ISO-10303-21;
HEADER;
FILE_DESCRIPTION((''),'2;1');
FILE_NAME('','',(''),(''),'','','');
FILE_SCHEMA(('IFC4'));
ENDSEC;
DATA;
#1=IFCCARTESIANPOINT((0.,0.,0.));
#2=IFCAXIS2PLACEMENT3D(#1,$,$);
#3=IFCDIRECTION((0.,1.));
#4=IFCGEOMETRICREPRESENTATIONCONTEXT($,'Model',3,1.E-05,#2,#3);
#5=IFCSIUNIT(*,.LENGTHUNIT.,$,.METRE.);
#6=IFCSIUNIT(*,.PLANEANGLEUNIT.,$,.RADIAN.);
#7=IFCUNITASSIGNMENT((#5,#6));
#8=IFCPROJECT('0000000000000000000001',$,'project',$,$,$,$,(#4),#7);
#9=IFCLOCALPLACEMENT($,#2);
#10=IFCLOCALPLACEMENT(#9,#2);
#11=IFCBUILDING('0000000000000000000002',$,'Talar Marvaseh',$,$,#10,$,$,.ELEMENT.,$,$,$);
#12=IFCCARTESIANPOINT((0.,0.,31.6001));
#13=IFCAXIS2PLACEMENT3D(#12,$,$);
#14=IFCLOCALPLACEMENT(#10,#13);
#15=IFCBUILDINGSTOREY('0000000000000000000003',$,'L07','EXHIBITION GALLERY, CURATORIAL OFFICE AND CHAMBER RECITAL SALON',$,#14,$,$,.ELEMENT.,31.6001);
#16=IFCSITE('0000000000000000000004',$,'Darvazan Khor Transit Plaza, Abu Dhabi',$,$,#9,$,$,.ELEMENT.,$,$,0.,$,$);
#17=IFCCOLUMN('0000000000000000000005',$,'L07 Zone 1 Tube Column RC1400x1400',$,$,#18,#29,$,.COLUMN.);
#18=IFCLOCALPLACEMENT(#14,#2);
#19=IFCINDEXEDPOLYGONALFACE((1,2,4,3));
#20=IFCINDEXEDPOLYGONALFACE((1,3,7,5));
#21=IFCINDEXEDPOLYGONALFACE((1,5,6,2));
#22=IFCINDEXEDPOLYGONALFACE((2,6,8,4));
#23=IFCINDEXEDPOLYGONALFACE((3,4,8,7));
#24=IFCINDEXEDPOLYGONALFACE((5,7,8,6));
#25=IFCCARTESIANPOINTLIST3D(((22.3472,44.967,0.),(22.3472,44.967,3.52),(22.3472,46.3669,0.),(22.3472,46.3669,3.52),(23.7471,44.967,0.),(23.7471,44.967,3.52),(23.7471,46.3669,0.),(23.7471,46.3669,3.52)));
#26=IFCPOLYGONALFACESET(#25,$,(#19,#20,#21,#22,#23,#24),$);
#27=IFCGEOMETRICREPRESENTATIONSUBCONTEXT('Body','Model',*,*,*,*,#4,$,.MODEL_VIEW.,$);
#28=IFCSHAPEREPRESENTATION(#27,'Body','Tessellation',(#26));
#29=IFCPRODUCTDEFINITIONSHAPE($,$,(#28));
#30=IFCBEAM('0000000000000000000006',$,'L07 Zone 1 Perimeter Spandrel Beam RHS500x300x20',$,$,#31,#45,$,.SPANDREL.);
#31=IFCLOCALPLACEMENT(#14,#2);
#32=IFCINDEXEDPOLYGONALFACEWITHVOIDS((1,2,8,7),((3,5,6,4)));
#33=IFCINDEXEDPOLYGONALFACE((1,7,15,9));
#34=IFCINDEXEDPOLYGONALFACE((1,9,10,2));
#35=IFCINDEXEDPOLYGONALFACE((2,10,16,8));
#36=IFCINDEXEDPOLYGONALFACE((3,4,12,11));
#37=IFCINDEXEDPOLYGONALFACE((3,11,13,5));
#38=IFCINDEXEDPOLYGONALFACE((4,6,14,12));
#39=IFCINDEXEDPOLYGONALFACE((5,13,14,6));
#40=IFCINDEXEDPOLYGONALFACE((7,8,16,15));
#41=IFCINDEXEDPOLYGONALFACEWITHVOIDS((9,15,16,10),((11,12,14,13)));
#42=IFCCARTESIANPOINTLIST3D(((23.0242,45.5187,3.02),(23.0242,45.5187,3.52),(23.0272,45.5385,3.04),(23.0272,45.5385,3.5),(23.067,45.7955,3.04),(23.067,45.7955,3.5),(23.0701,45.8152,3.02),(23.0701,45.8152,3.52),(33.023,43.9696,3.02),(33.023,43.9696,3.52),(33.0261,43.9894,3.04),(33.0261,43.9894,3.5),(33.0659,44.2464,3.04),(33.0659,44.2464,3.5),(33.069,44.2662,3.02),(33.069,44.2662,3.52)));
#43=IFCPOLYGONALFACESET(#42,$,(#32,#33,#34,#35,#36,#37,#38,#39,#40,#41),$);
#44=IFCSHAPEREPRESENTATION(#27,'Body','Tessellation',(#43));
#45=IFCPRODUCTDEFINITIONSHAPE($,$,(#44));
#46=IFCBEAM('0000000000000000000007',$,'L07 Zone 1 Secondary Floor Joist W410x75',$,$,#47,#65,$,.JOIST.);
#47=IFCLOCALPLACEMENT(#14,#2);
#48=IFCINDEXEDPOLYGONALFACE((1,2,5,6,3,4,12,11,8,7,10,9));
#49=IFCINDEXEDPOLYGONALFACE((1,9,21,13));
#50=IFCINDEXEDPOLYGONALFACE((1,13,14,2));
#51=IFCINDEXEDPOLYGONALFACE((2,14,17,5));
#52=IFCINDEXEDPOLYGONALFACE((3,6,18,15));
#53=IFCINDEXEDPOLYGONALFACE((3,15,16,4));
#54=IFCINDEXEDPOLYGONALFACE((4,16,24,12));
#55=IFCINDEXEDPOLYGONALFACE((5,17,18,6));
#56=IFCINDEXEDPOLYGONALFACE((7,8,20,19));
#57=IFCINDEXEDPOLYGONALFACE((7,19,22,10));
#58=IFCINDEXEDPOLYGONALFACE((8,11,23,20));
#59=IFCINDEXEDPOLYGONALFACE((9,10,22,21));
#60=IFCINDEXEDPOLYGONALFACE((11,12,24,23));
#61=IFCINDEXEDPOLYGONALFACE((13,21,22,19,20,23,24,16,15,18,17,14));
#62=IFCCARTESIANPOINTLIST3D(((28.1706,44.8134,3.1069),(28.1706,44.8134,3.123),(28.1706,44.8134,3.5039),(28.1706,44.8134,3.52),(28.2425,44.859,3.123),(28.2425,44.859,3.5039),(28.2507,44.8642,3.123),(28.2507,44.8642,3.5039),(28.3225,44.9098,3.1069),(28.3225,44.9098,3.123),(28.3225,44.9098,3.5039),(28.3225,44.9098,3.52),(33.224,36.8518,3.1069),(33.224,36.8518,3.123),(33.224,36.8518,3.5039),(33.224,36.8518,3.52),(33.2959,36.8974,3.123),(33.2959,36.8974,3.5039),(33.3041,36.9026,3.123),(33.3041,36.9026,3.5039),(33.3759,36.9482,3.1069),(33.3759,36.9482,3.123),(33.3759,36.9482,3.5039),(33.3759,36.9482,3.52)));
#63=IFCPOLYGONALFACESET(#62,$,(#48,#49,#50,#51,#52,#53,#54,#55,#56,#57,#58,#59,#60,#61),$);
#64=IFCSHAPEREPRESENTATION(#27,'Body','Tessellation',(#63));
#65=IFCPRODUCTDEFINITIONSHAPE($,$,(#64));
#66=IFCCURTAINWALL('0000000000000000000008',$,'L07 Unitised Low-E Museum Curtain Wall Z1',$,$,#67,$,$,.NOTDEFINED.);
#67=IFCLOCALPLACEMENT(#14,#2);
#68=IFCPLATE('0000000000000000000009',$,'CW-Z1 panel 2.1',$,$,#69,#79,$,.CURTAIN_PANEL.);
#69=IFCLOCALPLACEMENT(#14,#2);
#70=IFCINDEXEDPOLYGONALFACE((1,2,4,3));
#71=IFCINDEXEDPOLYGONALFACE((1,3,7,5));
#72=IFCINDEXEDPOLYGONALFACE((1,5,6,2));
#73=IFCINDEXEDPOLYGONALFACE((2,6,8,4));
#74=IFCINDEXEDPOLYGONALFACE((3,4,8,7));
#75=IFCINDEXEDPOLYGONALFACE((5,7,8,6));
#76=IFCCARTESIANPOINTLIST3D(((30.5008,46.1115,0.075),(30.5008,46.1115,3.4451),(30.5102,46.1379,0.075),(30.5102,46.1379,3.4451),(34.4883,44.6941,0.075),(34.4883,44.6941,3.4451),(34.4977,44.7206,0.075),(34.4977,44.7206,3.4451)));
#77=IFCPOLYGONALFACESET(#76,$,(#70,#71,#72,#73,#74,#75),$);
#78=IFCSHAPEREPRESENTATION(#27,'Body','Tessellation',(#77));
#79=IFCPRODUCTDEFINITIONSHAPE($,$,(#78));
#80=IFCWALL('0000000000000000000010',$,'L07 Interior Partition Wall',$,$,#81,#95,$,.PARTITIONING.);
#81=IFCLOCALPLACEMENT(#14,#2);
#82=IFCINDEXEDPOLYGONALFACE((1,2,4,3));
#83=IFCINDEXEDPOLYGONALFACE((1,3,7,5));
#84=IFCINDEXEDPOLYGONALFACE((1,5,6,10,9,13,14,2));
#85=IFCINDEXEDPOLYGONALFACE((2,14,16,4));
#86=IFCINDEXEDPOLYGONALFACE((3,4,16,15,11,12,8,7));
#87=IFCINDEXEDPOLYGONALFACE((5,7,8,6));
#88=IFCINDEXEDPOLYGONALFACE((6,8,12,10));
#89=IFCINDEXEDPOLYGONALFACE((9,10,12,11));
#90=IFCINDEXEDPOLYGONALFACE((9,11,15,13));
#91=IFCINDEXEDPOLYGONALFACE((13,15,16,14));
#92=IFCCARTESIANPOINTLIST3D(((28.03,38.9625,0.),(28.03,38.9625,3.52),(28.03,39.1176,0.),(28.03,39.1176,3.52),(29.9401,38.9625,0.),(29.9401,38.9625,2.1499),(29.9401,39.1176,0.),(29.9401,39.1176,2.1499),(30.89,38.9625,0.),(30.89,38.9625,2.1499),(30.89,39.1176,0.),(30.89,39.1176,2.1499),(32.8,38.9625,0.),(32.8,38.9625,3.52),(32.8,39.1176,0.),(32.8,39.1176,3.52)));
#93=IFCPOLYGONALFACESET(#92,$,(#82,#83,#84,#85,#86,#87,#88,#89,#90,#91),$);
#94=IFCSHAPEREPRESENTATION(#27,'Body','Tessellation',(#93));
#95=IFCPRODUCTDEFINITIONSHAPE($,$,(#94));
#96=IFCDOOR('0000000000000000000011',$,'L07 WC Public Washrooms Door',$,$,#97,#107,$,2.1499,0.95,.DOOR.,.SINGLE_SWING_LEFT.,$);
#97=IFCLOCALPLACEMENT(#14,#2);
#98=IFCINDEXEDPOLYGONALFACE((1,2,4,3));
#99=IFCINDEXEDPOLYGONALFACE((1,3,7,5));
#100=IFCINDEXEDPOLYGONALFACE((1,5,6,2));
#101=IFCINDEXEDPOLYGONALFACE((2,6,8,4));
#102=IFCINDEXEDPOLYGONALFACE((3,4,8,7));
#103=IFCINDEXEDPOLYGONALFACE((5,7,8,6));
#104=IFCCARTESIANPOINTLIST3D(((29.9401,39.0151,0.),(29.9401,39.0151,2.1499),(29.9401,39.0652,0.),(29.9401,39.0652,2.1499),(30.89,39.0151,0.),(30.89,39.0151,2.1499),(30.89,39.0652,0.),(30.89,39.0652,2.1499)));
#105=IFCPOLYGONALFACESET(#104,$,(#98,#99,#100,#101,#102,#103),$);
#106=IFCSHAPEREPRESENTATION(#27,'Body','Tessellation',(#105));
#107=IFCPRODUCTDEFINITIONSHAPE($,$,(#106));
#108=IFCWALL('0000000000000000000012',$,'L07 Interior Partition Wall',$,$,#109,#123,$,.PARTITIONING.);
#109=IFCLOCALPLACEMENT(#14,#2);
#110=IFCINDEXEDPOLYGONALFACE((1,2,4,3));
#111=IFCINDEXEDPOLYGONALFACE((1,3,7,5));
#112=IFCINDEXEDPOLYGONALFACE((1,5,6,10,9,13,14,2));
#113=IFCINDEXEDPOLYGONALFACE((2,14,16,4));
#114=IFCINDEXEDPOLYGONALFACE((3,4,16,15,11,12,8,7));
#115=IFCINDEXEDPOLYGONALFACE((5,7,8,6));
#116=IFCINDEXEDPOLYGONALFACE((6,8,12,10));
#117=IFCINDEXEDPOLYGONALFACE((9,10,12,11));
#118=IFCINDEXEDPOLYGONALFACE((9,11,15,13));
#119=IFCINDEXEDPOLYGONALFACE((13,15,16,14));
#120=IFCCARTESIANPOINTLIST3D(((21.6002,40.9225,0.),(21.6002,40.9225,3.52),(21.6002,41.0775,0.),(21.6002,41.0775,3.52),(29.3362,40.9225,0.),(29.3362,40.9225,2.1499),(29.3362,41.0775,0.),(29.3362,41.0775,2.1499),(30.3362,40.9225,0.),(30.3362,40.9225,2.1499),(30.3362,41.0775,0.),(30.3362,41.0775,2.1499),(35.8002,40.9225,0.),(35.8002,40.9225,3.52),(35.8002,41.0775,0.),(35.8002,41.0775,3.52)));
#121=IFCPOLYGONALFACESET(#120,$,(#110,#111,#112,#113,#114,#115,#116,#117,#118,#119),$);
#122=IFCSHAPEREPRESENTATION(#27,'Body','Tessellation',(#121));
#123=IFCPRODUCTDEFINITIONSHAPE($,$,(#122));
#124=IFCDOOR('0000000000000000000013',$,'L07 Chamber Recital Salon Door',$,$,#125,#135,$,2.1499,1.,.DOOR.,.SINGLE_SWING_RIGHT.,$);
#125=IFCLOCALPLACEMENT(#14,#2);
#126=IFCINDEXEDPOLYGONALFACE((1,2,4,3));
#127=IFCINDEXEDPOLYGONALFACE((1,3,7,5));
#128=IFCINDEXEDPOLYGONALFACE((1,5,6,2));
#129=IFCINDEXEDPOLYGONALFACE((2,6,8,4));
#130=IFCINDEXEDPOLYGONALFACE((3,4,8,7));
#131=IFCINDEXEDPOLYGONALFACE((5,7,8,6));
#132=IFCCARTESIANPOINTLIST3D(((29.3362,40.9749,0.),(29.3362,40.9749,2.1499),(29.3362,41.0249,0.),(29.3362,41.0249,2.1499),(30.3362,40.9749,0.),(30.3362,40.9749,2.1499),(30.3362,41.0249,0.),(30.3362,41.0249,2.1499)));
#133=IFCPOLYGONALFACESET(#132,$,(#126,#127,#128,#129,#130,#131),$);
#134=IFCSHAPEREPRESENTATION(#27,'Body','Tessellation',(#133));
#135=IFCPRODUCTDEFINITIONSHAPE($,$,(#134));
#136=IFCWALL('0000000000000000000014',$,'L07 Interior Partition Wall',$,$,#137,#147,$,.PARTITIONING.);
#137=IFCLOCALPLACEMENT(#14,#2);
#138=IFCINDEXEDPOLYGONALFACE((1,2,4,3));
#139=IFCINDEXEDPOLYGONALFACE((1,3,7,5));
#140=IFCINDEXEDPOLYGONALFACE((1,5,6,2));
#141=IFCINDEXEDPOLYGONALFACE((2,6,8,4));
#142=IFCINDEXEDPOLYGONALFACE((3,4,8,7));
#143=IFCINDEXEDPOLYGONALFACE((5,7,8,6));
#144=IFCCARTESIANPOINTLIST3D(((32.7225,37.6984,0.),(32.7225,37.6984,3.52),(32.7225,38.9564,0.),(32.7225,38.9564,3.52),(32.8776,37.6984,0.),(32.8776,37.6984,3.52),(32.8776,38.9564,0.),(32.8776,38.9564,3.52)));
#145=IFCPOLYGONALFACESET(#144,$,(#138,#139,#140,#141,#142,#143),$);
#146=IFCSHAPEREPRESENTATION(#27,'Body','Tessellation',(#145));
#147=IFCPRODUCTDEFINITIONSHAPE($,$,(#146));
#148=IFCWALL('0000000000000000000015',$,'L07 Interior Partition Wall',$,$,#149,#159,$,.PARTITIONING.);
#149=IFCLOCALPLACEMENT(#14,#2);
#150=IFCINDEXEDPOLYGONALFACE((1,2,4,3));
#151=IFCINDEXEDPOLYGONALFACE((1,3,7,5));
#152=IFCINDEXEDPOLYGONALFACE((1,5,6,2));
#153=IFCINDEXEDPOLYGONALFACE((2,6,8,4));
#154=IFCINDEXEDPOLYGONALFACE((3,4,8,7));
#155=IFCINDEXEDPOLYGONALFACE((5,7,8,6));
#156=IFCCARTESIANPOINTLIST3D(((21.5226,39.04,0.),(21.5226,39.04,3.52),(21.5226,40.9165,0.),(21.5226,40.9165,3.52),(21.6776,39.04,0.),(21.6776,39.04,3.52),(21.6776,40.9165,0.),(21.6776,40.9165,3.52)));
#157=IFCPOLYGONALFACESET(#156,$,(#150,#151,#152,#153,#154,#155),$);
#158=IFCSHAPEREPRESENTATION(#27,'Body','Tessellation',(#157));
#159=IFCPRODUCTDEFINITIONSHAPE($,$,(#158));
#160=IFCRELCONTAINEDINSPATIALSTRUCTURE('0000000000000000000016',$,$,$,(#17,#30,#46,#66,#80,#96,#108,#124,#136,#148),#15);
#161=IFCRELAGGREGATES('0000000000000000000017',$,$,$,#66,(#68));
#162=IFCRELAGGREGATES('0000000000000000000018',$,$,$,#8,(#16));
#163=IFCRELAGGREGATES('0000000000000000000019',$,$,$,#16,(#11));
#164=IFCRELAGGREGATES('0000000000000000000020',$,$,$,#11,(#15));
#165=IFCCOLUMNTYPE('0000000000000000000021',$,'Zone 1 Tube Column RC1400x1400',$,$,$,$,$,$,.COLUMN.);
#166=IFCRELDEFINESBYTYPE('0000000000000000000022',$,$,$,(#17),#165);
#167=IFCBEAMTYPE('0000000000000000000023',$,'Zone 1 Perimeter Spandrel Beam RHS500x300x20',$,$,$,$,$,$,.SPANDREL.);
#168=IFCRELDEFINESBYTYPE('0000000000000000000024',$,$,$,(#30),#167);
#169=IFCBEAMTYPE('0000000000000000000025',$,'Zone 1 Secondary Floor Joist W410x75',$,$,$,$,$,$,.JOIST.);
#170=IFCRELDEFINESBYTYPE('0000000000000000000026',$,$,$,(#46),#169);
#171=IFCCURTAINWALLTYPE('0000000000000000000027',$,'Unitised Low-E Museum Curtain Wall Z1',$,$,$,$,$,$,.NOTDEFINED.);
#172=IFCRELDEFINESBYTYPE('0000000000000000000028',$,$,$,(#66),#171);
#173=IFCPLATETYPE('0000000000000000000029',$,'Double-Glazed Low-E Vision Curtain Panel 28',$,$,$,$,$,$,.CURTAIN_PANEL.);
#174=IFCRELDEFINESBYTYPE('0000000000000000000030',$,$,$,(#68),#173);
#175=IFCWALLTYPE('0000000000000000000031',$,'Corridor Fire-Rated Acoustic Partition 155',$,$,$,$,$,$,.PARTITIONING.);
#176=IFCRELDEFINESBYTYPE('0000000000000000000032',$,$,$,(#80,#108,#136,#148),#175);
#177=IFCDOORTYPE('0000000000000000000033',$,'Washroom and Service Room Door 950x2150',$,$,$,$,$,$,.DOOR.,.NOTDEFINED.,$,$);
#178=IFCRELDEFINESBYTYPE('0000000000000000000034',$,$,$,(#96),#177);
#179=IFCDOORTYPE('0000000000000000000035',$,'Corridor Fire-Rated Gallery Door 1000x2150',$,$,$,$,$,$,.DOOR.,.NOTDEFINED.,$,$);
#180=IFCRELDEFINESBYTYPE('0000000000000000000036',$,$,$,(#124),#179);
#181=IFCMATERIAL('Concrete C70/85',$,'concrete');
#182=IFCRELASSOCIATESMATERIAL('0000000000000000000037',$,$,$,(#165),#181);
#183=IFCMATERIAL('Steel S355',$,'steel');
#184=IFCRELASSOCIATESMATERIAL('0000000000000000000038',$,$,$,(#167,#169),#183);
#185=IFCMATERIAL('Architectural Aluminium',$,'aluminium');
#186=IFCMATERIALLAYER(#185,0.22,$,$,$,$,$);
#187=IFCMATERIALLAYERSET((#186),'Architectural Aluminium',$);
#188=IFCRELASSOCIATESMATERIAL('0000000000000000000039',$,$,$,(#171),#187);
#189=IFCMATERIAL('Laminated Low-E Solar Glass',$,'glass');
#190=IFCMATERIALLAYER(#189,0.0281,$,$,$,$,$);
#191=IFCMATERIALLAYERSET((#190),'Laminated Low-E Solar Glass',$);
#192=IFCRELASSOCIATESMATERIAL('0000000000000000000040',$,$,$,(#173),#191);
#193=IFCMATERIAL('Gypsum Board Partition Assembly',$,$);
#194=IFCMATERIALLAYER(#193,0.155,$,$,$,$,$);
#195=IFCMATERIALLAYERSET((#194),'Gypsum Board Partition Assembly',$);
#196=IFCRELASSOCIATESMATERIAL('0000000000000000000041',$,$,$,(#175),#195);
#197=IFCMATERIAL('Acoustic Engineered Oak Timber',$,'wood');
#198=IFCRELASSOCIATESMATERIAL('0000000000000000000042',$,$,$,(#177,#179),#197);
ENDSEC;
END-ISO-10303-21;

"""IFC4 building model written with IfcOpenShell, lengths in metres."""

from ifc_helpers import new_model, si_unit, direction, frame, frame_2d, origin, origin_2d, place, context, subcontext, project, spatial, rectangle, hollow_rectangle, i_section, extrude, source, transform, mapped, material, layer, layer_set, material_profile, profile_set, type_object, type_shapes, element, fill, aggregate, save


model = new_model("IFC4")

# Units and contexts
model_context = context("Model", 3, precision=1e-05, world=origin(), true_north=direction((0.0, 1.0)))
body_context = subcontext(model_context, "Body", "Model", "MODEL_VIEW")
ifc_project = project(units=[si_unit("LENGTHUNIT", "METRE"), si_unit("PLANEANGLEUNIT", "RADIAN")], contexts=[model_context])

# Site, building, storey
site_placement = place(None, origin())
site = spatial("IfcSite", under=ifc_project, at=site_placement, Name="Darvazan Khor Transit Plaza, Abu Dhabi", CompositionType="ELEMENT", RefElevation=0.0)
building_placement = place(site_placement, origin())
building = spatial("IfcBuilding", under=site, at=building_placement, Name="Talar Marvaseh", CompositionType="ELEMENT")
storey_placement = place(building_placement, frame((0.0, 0.0, 31.6001)))
storey = spatial("IfcBuildingStorey", under=building, at=storey_placement, Name="L07", Description="EXHIBITION GALLERY, CURATORIAL OFFICE AND CHAMBER RECITAL SALON", CompositionType="ELEMENT", Elevation=31.6001)

# Column
ifc_material_1 = material(Name="Concrete C70/85", Category="concrete")
ifc_material_profile_1 = material_profile(ifc_material_1, rectangle(XDim=1.3999, YDim=1.3999, at=origin_2d()), Name="RC1400x1400")
ifc_profile_set_1 = profile_set([ifc_material_profile_1], Name="Concrete C70/85")
column_type = type_object("IfcColumnType", Name="Zone 1 Tube Column RC1400x1400", PredefinedType="COLUMN", material=ifc_profile_set_1)
column_placement = place(storey_placement, frame((23.0471, 45.667, 0.0), z_axis=(0.0, 0.0, 1.0), x_axis=(1.0, 0.0, 0.0)))
element("IfcColumn", 1, at=column_placement, inside=storey, type_object=column_type, Name="L07 Zone 1 Tube Column RC1400x1400", PredefinedType="COLUMN", context=body_context, shape_type="SweptSolid", body=[
    extrude(rectangle(XDim=1.3999, YDim=1.3999, at=origin_2d()), origin(), (0.0, 0.0, 1.0), 3.52),
])

# Beams
ifc_material_2 = material(Name="Steel S355", Category="steel")
ifc_material_profile_2 = material_profile(ifc_material_2, hollow_rectangle(XDim=0.3, YDim=0.5, WallThickness=0.02, at=origin_2d()), Name="RHS500x300x20")
ifc_profile_set_2 = profile_set([ifc_material_profile_2], Name="Steel S355")
beam_type_1 = type_object("IfcBeamType", Name="Zone 1 Perimeter Spandrel Beam RHS500x300x20", PredefinedType="SPANDREL", material=ifc_profile_set_2)
beam_1_placement = place(storey_placement, frame((23.0471, 45.667, 3.27), z_axis=(0.988211, -0.1531, 0.0), x_axis=(0.1531, 0.988211, 0.0)))
element("IfcBeam", 2, at=beam_1_placement, inside=storey, type_object=beam_type_1, Name="L07 Zone 1 Perimeter Spandrel Beam RHS500x300x20", PredefinedType="SPANDREL", context=body_context, shape_type="SweptSolid", body=[
    extrude(hollow_rectangle(XDim=0.3, YDim=0.5, WallThickness=0.02, at=origin_2d()), origin(), (0.0, 0.0, 1.0), 10.1182),
])
ifc_material_profile_3 = material_profile(ifc_material_2, i_section(OverallWidth=0.1799, OverallDepth=0.4131, WebThickness=0.0098, FlangeThickness=0.0161, at=origin_2d()), Name="W410x75")
ifc_profile_set_3 = profile_set([ifc_material_profile_3], Name="Steel S355")
beam_type_2 = type_object("IfcBeamType", Name="Zone 1 Secondary Floor Joist W410x75", PredefinedType="JOIST", material=ifc_profile_set_3)
beam_2_placement = place(storey_placement, frame((28.2466, 44.8616, 3.3135), z_axis=(0.53589, -0.844288, 0.0), x_axis=(0.844288, 0.53589, 0.0)))
element("IfcBeam", 3, at=beam_2_placement, inside=storey, type_object=beam_type_2, Name="L07 Zone 1 Secondary Floor Joist W410x75", PredefinedType="JOIST", context=body_context, shape_type="SweptSolid", body=[
    extrude(i_section(OverallWidth=0.1799, OverallDepth=0.4131, WebThickness=0.0098, FlangeThickness=0.0161, at=origin_2d()), origin(), (0.0, 0.0, 1.0), 9.4299),
])

# Curtain wall, plate
ifc_material_3 = material(Name="Architectural Aluminium", Category="aluminium")
ifc_layer_1 = layer(ifc_material_3, 0.22)
ifc_layer_set_1 = layer_set([ifc_layer_1], Name="Architectural Aluminium")
curtain_wall_type = type_object("IfcCurtainWallType", Name="Unitised Low-E Museum Curtain Wall Z1", PredefinedType="NOTDEFINED", material=ifc_layer_set_1)
curtain_wall_placement = place(storey_placement, origin())
curtain_wall = element("IfcCurtainWall", 4, at=curtain_wall_placement, inside=storey, type_object=curtain_wall_type, Name="L07 Unitised Low-E Museum Curtain Wall Z1", PredefinedType="NOTDEFINED")
ifc_material_4 = material(Name="Laminated Low-E Solar Glass", Category="glass")
ifc_layer_2 = layer(ifc_material_4, 0.0281)
ifc_layer_set_2 = layer_set([ifc_layer_2], Name="Laminated Low-E Solar Glass")
plate_type = type_object("IfcPlateType", Name="Double-Glazed Low-E Vision Curtain Panel 28", PredefinedType="CURTAIN_PANEL", material=ifc_layer_set_2)
shared_shape_1 = source(origin(), body_context, "Body", "SweptSolid", [
    extrude(rectangle(XDim=4.2319, YDim=0.0281, at=origin_2d()), origin(), (0.0, 0.0, 1.0), 3.3701),
])
type_shapes(plate_type, [shared_shape_1])
plate_placement = place(storey_placement, frame((32.4993, 45.416, 0.075), z_axis=(0.0, 0.0, 1.0), x_axis=(0.942245, -0.334923, 0.0)))
plate = element("IfcPlate", 5, at=plate_placement, type_object=plate_type, Name="CW-Z1 panel 2.1", PredefinedType="CURTAIN_PANEL", context=body_context, shape_type="MappedRepresentation", body=[
    mapped(shared_shape_1, transform((0.0, 0.0, 0.0), x_axis=(1.0, 0.0, 0.0), y_axis=(0.0, 1.0, 0.0), z_axis=(0.0, 0.0, 1.0), scale=1.0)),
])
aggregate(curtain_wall, [plate])

# Walls, openings, doors
ifc_material_5 = material(Name="Gypsum Board Partition Assembly")
ifc_layer_3 = layer(ifc_material_5, 0.155)
ifc_layer_set_3 = layer_set([ifc_layer_3], Name="Gypsum Board Partition Assembly")
wall_type_1 = type_object("IfcWallType", Name="Corridor Fire-Rated Acoustic Partition 155", PredefinedType="PARTITIONING", material=ifc_layer_set_3)
wall_1_placement = place(storey_placement, frame((32.8, 39.04, 0.0), z_axis=(0.0, 0.0, 1.0), x_axis=(-1.0, 0.0, 0.0)))
wall_1 = element("IfcWall", 6, at=wall_1_placement, inside=storey, type_object=wall_type_1, Name="L07 Interior Partition Wall", PredefinedType="PARTITIONING", context=body_context, shape_type="SweptSolid", body=[
    extrude(rectangle(XDim=4.77, YDim=0.155, at=frame_2d((2.385, 0.0))), origin(), (0.0, 0.0, 1.0), 3.52),
])
opening_1_placement = place(wall_1_placement, frame((1.9099, 0.0, 0.0)))
opening_1 = element("IfcOpeningElement", 7, at=opening_1_placement, cuts=wall_1, PredefinedType="OPENING", context=body_context, shape_type="SweptSolid", body=[
    extrude(rectangle(XDim=0.95, YDim=2.1499, at=frame_2d((0.4751, 1.075))), frame((0.0, 0.0874, 0.0), z_axis=(0.0, -1.0, 0.0), x_axis=(1.0, 0.0, 0.0)), (0.0, 0.0, 1.0), 0.175),
])
ifc_material_6 = material(Name="Acoustic Engineered Oak Timber", Category="wood")
door_type_1 = type_object("IfcDoorType", Name="Washroom and Service Room Door 950x2150", OperationType="NOTDEFINED", PredefinedType="DOOR", material=ifc_material_6)
shared_shape_2 = source(origin(), body_context, "Body", "SweptSolid", [
    extrude(rectangle(XDim=0.95, YDim=2.1499, at=frame_2d((0.4751, 1.075))), frame((0.0, 0.0249, 0.0), z_axis=(0.0, -1.0, 0.0), x_axis=(1.0, 0.0, 0.0)), (0.0, 0.0, 1.0), 0.05),
])
type_shapes(door_type_1, [shared_shape_2])
door_1_placement = place(opening_1_placement, origin())
door_1 = element("IfcDoor", 8, at=door_1_placement, inside=storey, type_object=door_type_1, Name="L07 WC Public Washrooms Door", OperationType="SINGLE_SWING_LEFT", OverallHeight=2.1499, OverallWidth=0.95, PredefinedType="DOOR", context=body_context, shape_type="MappedRepresentation", body=[
    mapped(shared_shape_2, transform((0.0, 0.0, 0.0), x_axis=(1.0, 0.0, 0.0), y_axis=(0.0, 1.0, 0.0), z_axis=(0.0, 0.0, 1.0), scale=1.0)),
])
fill(opening_1, door_1)
wall_2_placement = place(storey_placement, frame((21.6001, 41.0, 0.0), z_axis=(0.0, 0.0, 1.0), x_axis=(1.0, 0.0, 0.0)))
wall_2 = element("IfcWall", 9, at=wall_2_placement, inside=storey, type_object=wall_type_1, Name="L07 Interior Partition Wall", PredefinedType="PARTITIONING", context=body_context, shape_type="SweptSolid", body=[
    extrude(rectangle(XDim=14.2, YDim=0.155, at=frame_2d((7.1001, 0.0))), origin(), (0.0, 0.0, 1.0), 3.52),
])
opening_2_placement = place(wall_2_placement, frame((7.7361, 0.0, 0.0)))
opening_2 = element("IfcOpeningElement", 10, at=opening_2_placement, cuts=wall_2, PredefinedType="OPENING", context=body_context, shape_type="SweptSolid", body=[
    extrude(rectangle(XDim=1.0, YDim=2.1499, at=frame_2d((0.5, 1.075))), frame((0.0, 0.0874, 0.0), z_axis=(0.0, -1.0, 0.0), x_axis=(1.0, 0.0, 0.0)), (0.0, 0.0, 1.0), 0.175),
])
door_type_2 = type_object("IfcDoorType", Name="Corridor Fire-Rated Gallery Door 1000x2150", OperationType="NOTDEFINED", PredefinedType="DOOR", material=ifc_material_6)
shared_shape_3 = source(origin(), body_context, "Body", "SweptSolid", [
    extrude(rectangle(XDim=1.0, YDim=2.1499, at=frame_2d((0.5, 1.075))), frame((0.0, 0.0249, 0.0), z_axis=(0.0, -1.0, 0.0), x_axis=(1.0, 0.0, 0.0)), (0.0, 0.0, 1.0), 0.05),
])
type_shapes(door_type_2, [shared_shape_3])
door_2_placement = place(opening_2_placement, origin())
door_2 = element("IfcDoor", 11, at=door_2_placement, inside=storey, type_object=door_type_2, Name="L07 Chamber Recital Salon Door", OperationType="SINGLE_SWING_RIGHT", OverallHeight=2.1499, OverallWidth=1.0, PredefinedType="DOOR", context=body_context, shape_type="MappedRepresentation", body=[
    mapped(shared_shape_3, transform((0.0, 0.0, 0.0), x_axis=(1.0, 0.0, 0.0), y_axis=(0.0, 1.0, 0.0), z_axis=(0.0, 0.0, 1.0), scale=1.0)),
])
fill(opening_2, door_2)

# Walls
wall_3_placement = place(storey_placement, frame((32.8, 37.6985, 0.0), z_axis=(0.0, 0.0, 1.0), x_axis=(0.0, 1.0, 0.0)))
element("IfcWall", 12, at=wall_3_placement, inside=storey, type_object=wall_type_1, Name="L07 Interior Partition Wall", PredefinedType="PARTITIONING", context=body_context, shape_type="SweptSolid", body=[
    extrude(rectangle(XDim=1.2581, YDim=0.155, at=frame_2d((0.6289, 0.0))), origin(), (0.0, 0.0, 1.0), 3.52),
])
wall_4_placement = place(storey_placement, frame((21.6001, 39.04, 0.0), z_axis=(0.0, 0.0, 1.0), x_axis=(0.0, 1.0, 0.0)))
element("IfcWall", 13, at=wall_4_placement, inside=storey, type_object=wall_type_1, Name="L07 Interior Partition Wall", PredefinedType="PARTITIONING", context=body_context, shape_type="SweptSolid", body=[
    extrude(rectangle(XDim=1.8765, YDim=0.155, at=frame_2d((0.9382, 0.0))), origin(), (0.0, 0.0, 1.0), 3.52),
])

save(model, "model.ifc")
